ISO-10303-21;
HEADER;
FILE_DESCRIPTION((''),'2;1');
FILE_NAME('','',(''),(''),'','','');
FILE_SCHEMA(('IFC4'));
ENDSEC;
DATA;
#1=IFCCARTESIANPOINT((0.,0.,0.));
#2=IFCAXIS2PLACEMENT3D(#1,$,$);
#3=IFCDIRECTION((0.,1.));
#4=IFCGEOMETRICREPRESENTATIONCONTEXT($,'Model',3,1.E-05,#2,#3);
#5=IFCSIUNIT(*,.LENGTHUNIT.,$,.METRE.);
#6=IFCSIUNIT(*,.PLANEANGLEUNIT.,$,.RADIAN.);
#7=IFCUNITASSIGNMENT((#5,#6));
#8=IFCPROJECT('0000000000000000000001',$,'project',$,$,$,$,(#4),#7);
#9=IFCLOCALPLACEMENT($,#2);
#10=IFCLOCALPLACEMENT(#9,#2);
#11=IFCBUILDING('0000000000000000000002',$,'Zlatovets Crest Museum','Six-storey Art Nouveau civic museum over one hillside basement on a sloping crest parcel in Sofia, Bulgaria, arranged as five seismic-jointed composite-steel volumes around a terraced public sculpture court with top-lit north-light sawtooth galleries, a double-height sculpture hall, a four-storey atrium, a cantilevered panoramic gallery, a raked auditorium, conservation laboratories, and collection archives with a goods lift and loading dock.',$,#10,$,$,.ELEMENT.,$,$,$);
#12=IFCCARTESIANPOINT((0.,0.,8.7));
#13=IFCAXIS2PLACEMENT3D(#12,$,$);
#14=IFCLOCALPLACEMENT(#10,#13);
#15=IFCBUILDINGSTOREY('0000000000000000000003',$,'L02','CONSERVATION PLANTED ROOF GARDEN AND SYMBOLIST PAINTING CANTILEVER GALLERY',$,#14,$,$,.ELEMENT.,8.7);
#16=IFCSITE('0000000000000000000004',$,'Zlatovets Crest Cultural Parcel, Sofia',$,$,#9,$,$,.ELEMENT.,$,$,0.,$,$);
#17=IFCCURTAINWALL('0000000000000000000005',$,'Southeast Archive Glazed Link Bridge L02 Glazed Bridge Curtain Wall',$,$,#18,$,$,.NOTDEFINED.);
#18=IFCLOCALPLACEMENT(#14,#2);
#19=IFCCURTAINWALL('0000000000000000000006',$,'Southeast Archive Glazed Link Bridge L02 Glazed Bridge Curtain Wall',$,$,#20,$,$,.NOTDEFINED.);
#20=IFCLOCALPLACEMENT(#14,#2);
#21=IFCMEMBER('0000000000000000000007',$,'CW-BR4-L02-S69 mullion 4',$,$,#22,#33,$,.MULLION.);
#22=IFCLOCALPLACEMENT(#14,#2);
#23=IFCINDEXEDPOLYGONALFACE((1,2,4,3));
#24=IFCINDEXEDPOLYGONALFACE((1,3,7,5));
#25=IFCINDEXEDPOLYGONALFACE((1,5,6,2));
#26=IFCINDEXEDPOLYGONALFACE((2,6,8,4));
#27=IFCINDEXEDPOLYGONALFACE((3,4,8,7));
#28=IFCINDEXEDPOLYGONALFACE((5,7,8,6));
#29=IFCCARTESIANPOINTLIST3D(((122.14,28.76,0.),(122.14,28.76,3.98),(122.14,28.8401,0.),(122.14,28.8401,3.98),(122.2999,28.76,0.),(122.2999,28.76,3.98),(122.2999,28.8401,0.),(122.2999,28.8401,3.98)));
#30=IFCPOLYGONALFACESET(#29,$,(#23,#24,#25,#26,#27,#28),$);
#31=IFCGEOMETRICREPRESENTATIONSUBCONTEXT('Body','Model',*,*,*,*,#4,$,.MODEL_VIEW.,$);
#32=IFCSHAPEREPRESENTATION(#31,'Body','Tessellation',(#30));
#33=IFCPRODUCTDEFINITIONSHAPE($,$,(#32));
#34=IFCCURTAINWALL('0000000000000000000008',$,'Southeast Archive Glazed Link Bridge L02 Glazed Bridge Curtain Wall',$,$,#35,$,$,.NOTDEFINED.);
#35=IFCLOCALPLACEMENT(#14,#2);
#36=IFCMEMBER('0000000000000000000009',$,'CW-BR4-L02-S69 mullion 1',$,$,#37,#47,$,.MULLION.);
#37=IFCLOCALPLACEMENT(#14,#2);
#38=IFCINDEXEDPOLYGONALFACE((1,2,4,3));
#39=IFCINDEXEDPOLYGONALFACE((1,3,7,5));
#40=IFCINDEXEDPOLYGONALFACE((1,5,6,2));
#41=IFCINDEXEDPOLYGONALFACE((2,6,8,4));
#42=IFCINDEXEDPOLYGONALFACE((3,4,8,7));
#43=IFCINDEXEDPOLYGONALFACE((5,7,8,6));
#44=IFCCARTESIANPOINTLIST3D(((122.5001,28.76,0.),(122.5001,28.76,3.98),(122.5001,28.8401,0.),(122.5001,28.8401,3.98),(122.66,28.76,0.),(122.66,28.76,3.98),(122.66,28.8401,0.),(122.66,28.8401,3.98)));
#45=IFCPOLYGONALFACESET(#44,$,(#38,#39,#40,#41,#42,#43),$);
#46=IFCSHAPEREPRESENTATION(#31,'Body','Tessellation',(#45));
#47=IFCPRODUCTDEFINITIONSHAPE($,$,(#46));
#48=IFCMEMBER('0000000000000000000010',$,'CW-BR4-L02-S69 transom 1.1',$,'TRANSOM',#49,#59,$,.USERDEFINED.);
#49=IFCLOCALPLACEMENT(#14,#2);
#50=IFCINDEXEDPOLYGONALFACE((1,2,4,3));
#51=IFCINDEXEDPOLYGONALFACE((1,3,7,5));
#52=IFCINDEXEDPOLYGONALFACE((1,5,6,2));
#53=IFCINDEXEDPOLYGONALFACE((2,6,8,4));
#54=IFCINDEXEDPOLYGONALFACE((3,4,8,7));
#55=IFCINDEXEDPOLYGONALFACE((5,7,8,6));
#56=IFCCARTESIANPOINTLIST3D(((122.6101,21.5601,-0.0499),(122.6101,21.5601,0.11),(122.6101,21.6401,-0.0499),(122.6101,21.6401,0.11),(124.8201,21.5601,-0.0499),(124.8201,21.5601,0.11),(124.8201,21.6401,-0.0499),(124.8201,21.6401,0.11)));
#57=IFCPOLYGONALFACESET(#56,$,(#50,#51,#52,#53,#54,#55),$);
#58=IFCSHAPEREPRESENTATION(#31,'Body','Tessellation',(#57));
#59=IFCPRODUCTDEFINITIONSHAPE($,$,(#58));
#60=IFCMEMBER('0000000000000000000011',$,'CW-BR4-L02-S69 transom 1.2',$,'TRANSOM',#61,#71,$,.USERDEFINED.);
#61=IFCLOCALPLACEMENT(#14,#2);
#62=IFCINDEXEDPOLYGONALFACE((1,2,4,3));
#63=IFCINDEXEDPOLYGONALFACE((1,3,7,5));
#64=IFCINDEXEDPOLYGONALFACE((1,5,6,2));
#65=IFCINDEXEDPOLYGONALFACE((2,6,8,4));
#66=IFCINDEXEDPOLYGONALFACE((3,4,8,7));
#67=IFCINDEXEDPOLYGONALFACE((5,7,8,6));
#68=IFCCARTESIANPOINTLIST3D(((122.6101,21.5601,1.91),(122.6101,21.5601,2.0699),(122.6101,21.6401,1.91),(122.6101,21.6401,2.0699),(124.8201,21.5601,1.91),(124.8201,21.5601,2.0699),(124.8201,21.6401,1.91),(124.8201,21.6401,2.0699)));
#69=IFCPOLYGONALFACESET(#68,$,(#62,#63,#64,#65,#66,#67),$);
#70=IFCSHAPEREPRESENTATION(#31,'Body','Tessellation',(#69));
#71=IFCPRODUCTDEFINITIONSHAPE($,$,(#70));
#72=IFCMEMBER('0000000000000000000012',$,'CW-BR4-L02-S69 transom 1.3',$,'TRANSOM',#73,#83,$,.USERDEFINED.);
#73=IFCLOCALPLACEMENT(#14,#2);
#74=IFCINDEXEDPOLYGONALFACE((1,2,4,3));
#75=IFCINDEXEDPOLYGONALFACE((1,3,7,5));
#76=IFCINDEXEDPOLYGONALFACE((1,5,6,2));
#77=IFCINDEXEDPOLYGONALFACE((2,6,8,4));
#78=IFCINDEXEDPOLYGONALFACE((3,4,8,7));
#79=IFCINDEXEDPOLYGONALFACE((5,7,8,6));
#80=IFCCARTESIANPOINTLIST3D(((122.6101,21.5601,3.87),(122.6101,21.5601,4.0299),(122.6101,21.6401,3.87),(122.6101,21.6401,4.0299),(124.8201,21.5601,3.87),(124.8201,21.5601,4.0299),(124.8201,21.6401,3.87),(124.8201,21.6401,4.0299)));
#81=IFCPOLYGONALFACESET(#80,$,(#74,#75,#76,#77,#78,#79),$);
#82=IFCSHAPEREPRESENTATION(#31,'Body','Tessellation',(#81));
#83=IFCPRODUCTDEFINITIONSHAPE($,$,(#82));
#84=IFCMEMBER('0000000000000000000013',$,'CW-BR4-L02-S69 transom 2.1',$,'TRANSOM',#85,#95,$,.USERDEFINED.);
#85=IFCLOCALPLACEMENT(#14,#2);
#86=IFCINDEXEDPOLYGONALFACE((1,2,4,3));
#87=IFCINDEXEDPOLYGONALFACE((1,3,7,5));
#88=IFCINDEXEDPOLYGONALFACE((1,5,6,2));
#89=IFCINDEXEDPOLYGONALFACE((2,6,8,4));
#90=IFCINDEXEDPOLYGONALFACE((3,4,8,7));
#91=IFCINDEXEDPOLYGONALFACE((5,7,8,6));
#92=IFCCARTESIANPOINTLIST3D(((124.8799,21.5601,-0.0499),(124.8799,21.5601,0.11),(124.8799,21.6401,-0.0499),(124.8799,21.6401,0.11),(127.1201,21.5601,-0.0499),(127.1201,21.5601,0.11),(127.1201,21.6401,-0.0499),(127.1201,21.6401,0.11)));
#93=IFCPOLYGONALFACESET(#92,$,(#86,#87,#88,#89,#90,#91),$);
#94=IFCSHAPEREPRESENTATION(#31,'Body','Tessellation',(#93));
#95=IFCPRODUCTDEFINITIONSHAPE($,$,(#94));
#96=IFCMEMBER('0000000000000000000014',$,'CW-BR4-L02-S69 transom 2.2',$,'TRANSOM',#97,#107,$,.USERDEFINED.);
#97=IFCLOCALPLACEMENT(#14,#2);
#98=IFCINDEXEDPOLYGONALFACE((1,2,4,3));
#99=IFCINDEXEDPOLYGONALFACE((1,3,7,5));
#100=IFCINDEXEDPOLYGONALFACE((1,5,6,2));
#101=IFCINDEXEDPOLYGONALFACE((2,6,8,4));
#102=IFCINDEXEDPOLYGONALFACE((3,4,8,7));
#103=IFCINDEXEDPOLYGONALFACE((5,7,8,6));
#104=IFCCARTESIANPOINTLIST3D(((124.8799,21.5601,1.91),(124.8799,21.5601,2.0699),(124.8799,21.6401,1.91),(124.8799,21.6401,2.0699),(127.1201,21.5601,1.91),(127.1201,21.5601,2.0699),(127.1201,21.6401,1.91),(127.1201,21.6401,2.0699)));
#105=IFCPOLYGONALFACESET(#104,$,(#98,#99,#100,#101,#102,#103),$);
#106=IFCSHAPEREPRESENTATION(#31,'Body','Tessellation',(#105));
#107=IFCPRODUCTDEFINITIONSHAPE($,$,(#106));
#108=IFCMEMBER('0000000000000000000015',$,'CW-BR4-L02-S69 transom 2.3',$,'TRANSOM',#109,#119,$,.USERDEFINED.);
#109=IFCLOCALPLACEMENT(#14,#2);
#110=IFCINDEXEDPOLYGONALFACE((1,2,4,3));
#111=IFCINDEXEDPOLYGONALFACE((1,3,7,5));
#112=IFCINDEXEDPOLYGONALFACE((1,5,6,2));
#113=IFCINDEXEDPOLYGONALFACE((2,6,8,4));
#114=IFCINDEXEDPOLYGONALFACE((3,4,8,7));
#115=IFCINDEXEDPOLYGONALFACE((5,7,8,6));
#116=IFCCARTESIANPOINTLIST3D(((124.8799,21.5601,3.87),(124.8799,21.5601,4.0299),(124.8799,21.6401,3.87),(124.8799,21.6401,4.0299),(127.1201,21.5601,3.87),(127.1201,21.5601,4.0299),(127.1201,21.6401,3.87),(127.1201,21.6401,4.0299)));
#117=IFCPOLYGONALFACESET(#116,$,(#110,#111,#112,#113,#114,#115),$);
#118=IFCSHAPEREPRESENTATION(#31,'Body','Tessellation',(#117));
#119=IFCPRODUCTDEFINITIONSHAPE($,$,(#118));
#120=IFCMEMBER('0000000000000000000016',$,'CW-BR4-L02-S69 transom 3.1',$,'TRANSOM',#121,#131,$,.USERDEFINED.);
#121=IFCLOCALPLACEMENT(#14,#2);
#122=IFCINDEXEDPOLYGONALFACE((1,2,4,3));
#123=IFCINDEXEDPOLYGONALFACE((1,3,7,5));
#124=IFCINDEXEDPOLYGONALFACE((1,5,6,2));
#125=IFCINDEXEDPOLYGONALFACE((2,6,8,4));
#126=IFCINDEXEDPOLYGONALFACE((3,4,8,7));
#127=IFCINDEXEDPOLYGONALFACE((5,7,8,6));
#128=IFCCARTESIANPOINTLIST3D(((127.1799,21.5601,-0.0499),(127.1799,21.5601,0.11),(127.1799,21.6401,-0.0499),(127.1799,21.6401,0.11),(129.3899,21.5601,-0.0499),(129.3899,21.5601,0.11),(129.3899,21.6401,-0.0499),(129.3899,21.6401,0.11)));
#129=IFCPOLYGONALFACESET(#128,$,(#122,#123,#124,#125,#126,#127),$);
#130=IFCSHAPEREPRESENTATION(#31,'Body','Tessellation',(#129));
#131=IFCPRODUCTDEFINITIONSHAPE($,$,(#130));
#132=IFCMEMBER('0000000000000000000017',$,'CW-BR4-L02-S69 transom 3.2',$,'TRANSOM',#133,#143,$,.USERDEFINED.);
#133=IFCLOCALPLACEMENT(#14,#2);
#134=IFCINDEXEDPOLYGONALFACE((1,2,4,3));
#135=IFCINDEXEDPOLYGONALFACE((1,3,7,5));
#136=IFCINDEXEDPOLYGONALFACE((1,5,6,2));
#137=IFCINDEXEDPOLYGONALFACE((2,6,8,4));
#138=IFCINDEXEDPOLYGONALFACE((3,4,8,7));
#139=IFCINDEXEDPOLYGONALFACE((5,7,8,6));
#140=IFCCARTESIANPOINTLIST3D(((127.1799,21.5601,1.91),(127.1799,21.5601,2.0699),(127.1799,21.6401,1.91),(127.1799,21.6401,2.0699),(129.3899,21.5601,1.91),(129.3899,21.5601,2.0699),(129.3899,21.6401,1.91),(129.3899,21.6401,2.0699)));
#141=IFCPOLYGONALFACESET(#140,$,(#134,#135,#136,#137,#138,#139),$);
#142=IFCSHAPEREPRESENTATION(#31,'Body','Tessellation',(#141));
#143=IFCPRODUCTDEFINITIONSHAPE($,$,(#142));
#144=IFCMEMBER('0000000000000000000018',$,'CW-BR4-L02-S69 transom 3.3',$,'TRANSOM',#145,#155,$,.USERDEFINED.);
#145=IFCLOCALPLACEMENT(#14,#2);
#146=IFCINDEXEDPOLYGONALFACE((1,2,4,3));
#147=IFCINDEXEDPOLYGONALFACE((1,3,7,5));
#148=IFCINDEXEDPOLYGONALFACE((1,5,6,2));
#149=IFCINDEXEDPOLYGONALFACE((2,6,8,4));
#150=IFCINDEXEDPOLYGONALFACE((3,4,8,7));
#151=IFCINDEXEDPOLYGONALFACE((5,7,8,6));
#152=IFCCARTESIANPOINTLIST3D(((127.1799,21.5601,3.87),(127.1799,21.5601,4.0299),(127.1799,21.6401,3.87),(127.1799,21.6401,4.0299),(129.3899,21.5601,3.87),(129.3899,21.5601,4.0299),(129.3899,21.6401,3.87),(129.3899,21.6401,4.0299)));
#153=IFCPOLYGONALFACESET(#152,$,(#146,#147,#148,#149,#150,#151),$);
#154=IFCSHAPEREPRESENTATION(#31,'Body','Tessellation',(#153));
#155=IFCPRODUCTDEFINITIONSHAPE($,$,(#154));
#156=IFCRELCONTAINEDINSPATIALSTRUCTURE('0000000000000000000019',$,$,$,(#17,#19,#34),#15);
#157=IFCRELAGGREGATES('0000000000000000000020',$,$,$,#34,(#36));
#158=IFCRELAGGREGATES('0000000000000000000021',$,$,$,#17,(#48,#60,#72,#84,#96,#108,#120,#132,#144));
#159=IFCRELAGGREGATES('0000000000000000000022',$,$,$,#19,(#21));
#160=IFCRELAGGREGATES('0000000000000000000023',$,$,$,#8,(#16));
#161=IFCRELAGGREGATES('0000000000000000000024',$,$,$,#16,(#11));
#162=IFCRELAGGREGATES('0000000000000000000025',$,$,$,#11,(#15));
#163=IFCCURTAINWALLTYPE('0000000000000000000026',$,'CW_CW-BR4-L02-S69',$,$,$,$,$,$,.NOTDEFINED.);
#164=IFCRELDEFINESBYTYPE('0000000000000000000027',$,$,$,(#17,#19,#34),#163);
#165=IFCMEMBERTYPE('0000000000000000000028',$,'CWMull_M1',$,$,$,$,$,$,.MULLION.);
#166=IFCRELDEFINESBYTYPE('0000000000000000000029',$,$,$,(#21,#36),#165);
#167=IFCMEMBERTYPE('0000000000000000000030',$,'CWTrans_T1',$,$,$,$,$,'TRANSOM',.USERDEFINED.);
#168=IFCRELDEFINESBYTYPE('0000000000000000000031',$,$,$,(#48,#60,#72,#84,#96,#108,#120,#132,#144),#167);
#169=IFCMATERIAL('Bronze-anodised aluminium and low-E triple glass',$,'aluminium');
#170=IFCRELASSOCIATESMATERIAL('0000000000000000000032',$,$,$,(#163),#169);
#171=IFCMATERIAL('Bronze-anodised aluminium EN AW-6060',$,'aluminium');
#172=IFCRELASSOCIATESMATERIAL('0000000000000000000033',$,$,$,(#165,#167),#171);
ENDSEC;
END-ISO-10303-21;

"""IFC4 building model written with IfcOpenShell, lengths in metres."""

from ifc_helpers import new_model, si_unit, direction, frame, origin, origin_2d, place, context, subcontext, project, spatial, rectangle, extrude, material, material_profile, profile_set, type_object, element, aggregate, save


model = new_model("IFC4")

# Units and contexts
model_context = context("Model", 3, precision=1e-05, world=origin(), true_north=direction((0.0, 1.0)))
body_context = subcontext(model_context, "Body", "Model", "MODEL_VIEW")
ifc_project = project(units=[si_unit("LENGTHUNIT", "METRE"), si_unit("PLANEANGLEUNIT", "RADIAN")], contexts=[model_context])

# Site, building, storey
site_placement = place(None, origin())
site = spatial("IfcSite", under=ifc_project, at=site_placement, Name="Zlatovets Crest Cultural Parcel, Sofia", CompositionType="ELEMENT", RefElevation=0.0)
building_placement = place(site_placement, origin())
building = spatial("IfcBuilding", under=site, at=building_placement, Name="Zlatovets Crest Museum", Description="Six-storey Art Nouveau civic museum over one hillside basement on a sloping crest parcel in Sofia, Bulgaria, arranged as five seismic-jointed composite-steel volumes around a terraced public sculpture court with top-lit north-light sawtooth galleries, a double-height sculpture hall, a four-storey atrium, a cantilevered panoramic gallery, a raked auditorium, conservation laboratories, and collection archives with a goods lift and loading dock.", CompositionType="ELEMENT")
storey_placement = place(building_placement, frame((0.0, 0.0, 8.7)))
storey = spatial("IfcBuildingStorey", under=building, at=storey_placement, Name="L02", Description="CONSERVATION PLANTED ROOF GARDEN AND SYMBOLIST PAINTING CANTILEVER GALLERY", CompositionType="ELEMENT", Elevation=8.7)

# Shared definitions
ifc_material_1 = material(Name="Bronze-anodised aluminium and low-E triple glass", Category="aluminium")
curtain_wall_type = type_object("IfcCurtainWallType", Name="CW_CW-BR4-L02-S69", PredefinedType="NOTDEFINED", material=ifc_material_1)
ifc_material_2 = material(Name="Bronze-anodised aluminium EN AW-6060", Category="aluminium")
ifc_material_profile_1 = material_profile(ifc_material_2, rectangle(XDim=0.0801, YDim=0.1599, at=origin_2d()), Name="ALU 80x160")
ifc_profile_set_1 = profile_set([ifc_material_profile_1], Name="Bronze-anodised aluminium EN AW-6060")
member_type_1 = type_object("IfcMemberType", Name="CWMull_M1", PredefinedType="MULLION", material=ifc_profile_set_1)

# Curtain wall
curtain_wall_1_placement = place(storey_placement, origin())
curtain_wall_1 = element("IfcCurtainWall", 1, at=curtain_wall_1_placement, inside=storey, type_object=curtain_wall_type, Name="Southeast Archive Glazed Link Bridge L02 Glazed Bridge Curtain Wall", PredefinedType="NOTDEFINED")

# Curtain walls, members
curtain_wall_2_placement = place(storey_placement, origin())
curtain_wall_2 = element("IfcCurtainWall", 2, at=curtain_wall_2_placement, inside=storey, type_object=curtain_wall_type, Name="Southeast Archive Glazed Link Bridge L02 Glazed Bridge Curtain Wall", PredefinedType="NOTDEFINED")
member_1_placement = place(storey_placement, frame((122.22, 28.8, 0.0), z_axis=(0.0, 0.0, 1.0), x_axis=(0.0, 1.0, 0.0)))
member_1 = element("IfcMember", 3, at=member_1_placement, type_object=member_type_1, Name="CW-BR4-L02-S69 mullion 4", PredefinedType="MULLION", context=body_context, shape_type="SweptSolid", body=[
    extrude(rectangle(XDim=0.0801, YDim=0.1599, at=origin_2d()), origin(), (0.0, 0.0, 1.0), 3.98),
])
curtain_wall_3_placement = place(storey_placement, origin())
curtain_wall_3 = element("IfcCurtainWall", 4, at=curtain_wall_3_placement, inside=storey, type_object=curtain_wall_type, Name="Southeast Archive Glazed Link Bridge L02 Glazed Bridge Curtain Wall", PredefinedType="NOTDEFINED")
member_2_placement = place(storey_placement, frame((122.5801, 28.8, 0.0), z_axis=(0.0, 0.0, 1.0), x_axis=(0.0, 1.0, 0.0)))
member_2 = element("IfcMember", 5, at=member_2_placement, type_object=member_type_1, Name="CW-BR4-L02-S69 mullion 1", PredefinedType="MULLION", context=body_context, shape_type="SweptSolid", body=[
    extrude(rectangle(XDim=0.0801, YDim=0.1599, at=origin_2d()), origin(), (0.0, 0.0, 1.0), 3.98),
])
aggregate(curtain_wall_3, [member_2])

# Members
ifc_material_profile_2 = material_profile(ifc_material_2, rectangle(XDim=0.0801, YDim=0.1599, at=origin_2d()), Name="ALU 80x160")
ifc_profile_set_2 = profile_set([ifc_material_profile_2], Name="Bronze-anodised aluminium EN AW-6060")
member_type_2 = type_object("IfcMemberType", Name="CWTrans_T1", ElementType="TRANSOM", PredefinedType="USERDEFINED", material=ifc_profile_set_2)
member_3_placement = place(storey_placement, frame((122.6101, 21.6001, 0.03), z_axis=(1.0, 0.0, 0.0), x_axis=(0.0, 1.0, 0.0)))
member_3 = element("IfcMember", 6, at=member_3_placement, type_object=member_type_2, Name="CW-BR4-L02-S69 transom 1.1", ObjectType="TRANSOM", PredefinedType="USERDEFINED", context=body_context, shape_type="SweptSolid", body=[
    extrude(rectangle(XDim=0.0801, YDim=0.1599, at=origin_2d()), origin(), (0.0, 0.0, 1.0), 2.21),
])
member_4_placement = place(storey_placement, frame((122.6101, 21.6001, 1.99), z_axis=(1.0, 0.0, 0.0), x_axis=(0.0, 1.0, 0.0)))
member_4 = element("IfcMember", 7, at=member_4_placement, type_object=member_type_2, Name="CW-BR4-L02-S69 transom 1.2", ObjectType="TRANSOM", PredefinedType="USERDEFINED", context=body_context, shape_type="SweptSolid", body=[
    extrude(rectangle(XDim=0.0801, YDim=0.1599, at=origin_2d()), origin(), (0.0, 0.0, 1.0), 2.21),
])
member_5_placement = place(storey_placement, frame((122.6101, 21.6001, 3.95), z_axis=(1.0, 0.0, 0.0), x_axis=(0.0, 1.0, 0.0)))
member_5 = element("IfcMember", 8, at=member_5_placement, type_object=member_type_2, Name="CW-BR4-L02-S69 transom 1.3", ObjectType="TRANSOM", PredefinedType="USERDEFINED", context=body_context, shape_type="SweptSolid", body=[
    extrude(rectangle(XDim=0.0801, YDim=0.1599, at=origin_2d()), origin(), (0.0, 0.0, 1.0), 2.21),
])
member_6_placement = place(storey_placement, frame((124.8799, 21.6001, 0.03), z_axis=(1.0, 0.0, 0.0), x_axis=(0.0, 1.0, 0.0)))
member_6 = element("IfcMember", 9, at=member_6_placement, type_object=member_type_2, Name="CW-BR4-L02-S69 transom 2.1", ObjectType="TRANSOM", PredefinedType="USERDEFINED", context=body_context, shape_type="SweptSolid", body=[
    extrude(rectangle(XDim=0.0801, YDim=0.1599, at=origin_2d()), origin(), (0.0, 0.0, 1.0), 2.2402),
])
member_7_placement = place(storey_placement, frame((124.8799, 21.6001, 1.99), z_axis=(1.0, 0.0, 0.0), x_axis=(0.0, 1.0, 0.0)))
member_7 = element("IfcMember", 10, at=member_7_placement, type_object=member_type_2, Name="CW-BR4-L02-S69 transom 2.2", ObjectType="TRANSOM", PredefinedType="USERDEFINED", context=body_context, shape_type="SweptSolid", body=[
    extrude(rectangle(XDim=0.0801, YDim=0.1599, at=origin_2d()), origin(), (0.0, 0.0, 1.0), 2.2402),
])
member_8_placement = place(storey_placement, frame((124.8799, 21.6001, 3.95), z_axis=(1.0, 0.0, 0.0), x_axis=(0.0, 1.0, 0.0)))
member_8 = element("IfcMember", 11, at=member_8_placement, type_object=member_type_2, Name="CW-BR4-L02-S69 transom 2.3", ObjectType="TRANSOM", PredefinedType="USERDEFINED", context=body_context, shape_type="SweptSolid", body=[
    extrude(rectangle(XDim=0.0801, YDim=0.1599, at=origin_2d()), origin(), (0.0, 0.0, 1.0), 2.2402),
])
member_9_placement = place(storey_placement, frame((127.1799, 21.6001, 0.03), z_axis=(1.0, 0.0, 0.0), x_axis=(0.0, 1.0, 0.0)))
member_9 = element("IfcMember", 12, at=member_9_placement, type_object=member_type_2, Name="CW-BR4-L02-S69 transom 3.1", ObjectType="TRANSOM", PredefinedType="USERDEFINED", context=body_context, shape_type="SweptSolid", body=[
    extrude(rectangle(XDim=0.0801, YDim=0.1599, at=origin_2d()), origin(), (0.0, 0.0, 1.0), 2.21),
])
member_10_placement = place(storey_placement, frame((127.1799, 21.6001, 1.99), z_axis=(1.0, 0.0, 0.0), x_axis=(0.0, 1.0, 0.0)))
member_10 = element("IfcMember", 13, at=member_10_placement, type_object=member_type_2, Name="CW-BR4-L02-S69 transom 3.2", ObjectType="TRANSOM", PredefinedType="USERDEFINED", context=body_context, shape_type="SweptSolid", body=[
    extrude(rectangle(XDim=0.0801, YDim=0.1599, at=origin_2d()), origin(), (0.0, 0.0, 1.0), 2.21),
])
member_11_placement = place(storey_placement, frame((127.1799, 21.6001, 3.95), z_axis=(1.0, 0.0, 0.0), x_axis=(0.0, 1.0, 0.0)))
member_11 = element("IfcMember", 14, at=member_11_placement, type_object=member_type_2, Name="CW-BR4-L02-S69 transom 3.3", ObjectType="TRANSOM", PredefinedType="USERDEFINED", context=body_context, shape_type="SweptSolid", body=[
    extrude(rectangle(XDim=0.0801, YDim=0.1599, at=origin_2d()), origin(), (0.0, 0.0, 1.0), 2.21),
])

aggregate(curtain_wall_1, [member_3, member_4, member_5, member_6, member_7, member_8, member_9, member_10, member_11])
aggregate(curtain_wall_2, [member_1])

save(model, "model.ifc")
